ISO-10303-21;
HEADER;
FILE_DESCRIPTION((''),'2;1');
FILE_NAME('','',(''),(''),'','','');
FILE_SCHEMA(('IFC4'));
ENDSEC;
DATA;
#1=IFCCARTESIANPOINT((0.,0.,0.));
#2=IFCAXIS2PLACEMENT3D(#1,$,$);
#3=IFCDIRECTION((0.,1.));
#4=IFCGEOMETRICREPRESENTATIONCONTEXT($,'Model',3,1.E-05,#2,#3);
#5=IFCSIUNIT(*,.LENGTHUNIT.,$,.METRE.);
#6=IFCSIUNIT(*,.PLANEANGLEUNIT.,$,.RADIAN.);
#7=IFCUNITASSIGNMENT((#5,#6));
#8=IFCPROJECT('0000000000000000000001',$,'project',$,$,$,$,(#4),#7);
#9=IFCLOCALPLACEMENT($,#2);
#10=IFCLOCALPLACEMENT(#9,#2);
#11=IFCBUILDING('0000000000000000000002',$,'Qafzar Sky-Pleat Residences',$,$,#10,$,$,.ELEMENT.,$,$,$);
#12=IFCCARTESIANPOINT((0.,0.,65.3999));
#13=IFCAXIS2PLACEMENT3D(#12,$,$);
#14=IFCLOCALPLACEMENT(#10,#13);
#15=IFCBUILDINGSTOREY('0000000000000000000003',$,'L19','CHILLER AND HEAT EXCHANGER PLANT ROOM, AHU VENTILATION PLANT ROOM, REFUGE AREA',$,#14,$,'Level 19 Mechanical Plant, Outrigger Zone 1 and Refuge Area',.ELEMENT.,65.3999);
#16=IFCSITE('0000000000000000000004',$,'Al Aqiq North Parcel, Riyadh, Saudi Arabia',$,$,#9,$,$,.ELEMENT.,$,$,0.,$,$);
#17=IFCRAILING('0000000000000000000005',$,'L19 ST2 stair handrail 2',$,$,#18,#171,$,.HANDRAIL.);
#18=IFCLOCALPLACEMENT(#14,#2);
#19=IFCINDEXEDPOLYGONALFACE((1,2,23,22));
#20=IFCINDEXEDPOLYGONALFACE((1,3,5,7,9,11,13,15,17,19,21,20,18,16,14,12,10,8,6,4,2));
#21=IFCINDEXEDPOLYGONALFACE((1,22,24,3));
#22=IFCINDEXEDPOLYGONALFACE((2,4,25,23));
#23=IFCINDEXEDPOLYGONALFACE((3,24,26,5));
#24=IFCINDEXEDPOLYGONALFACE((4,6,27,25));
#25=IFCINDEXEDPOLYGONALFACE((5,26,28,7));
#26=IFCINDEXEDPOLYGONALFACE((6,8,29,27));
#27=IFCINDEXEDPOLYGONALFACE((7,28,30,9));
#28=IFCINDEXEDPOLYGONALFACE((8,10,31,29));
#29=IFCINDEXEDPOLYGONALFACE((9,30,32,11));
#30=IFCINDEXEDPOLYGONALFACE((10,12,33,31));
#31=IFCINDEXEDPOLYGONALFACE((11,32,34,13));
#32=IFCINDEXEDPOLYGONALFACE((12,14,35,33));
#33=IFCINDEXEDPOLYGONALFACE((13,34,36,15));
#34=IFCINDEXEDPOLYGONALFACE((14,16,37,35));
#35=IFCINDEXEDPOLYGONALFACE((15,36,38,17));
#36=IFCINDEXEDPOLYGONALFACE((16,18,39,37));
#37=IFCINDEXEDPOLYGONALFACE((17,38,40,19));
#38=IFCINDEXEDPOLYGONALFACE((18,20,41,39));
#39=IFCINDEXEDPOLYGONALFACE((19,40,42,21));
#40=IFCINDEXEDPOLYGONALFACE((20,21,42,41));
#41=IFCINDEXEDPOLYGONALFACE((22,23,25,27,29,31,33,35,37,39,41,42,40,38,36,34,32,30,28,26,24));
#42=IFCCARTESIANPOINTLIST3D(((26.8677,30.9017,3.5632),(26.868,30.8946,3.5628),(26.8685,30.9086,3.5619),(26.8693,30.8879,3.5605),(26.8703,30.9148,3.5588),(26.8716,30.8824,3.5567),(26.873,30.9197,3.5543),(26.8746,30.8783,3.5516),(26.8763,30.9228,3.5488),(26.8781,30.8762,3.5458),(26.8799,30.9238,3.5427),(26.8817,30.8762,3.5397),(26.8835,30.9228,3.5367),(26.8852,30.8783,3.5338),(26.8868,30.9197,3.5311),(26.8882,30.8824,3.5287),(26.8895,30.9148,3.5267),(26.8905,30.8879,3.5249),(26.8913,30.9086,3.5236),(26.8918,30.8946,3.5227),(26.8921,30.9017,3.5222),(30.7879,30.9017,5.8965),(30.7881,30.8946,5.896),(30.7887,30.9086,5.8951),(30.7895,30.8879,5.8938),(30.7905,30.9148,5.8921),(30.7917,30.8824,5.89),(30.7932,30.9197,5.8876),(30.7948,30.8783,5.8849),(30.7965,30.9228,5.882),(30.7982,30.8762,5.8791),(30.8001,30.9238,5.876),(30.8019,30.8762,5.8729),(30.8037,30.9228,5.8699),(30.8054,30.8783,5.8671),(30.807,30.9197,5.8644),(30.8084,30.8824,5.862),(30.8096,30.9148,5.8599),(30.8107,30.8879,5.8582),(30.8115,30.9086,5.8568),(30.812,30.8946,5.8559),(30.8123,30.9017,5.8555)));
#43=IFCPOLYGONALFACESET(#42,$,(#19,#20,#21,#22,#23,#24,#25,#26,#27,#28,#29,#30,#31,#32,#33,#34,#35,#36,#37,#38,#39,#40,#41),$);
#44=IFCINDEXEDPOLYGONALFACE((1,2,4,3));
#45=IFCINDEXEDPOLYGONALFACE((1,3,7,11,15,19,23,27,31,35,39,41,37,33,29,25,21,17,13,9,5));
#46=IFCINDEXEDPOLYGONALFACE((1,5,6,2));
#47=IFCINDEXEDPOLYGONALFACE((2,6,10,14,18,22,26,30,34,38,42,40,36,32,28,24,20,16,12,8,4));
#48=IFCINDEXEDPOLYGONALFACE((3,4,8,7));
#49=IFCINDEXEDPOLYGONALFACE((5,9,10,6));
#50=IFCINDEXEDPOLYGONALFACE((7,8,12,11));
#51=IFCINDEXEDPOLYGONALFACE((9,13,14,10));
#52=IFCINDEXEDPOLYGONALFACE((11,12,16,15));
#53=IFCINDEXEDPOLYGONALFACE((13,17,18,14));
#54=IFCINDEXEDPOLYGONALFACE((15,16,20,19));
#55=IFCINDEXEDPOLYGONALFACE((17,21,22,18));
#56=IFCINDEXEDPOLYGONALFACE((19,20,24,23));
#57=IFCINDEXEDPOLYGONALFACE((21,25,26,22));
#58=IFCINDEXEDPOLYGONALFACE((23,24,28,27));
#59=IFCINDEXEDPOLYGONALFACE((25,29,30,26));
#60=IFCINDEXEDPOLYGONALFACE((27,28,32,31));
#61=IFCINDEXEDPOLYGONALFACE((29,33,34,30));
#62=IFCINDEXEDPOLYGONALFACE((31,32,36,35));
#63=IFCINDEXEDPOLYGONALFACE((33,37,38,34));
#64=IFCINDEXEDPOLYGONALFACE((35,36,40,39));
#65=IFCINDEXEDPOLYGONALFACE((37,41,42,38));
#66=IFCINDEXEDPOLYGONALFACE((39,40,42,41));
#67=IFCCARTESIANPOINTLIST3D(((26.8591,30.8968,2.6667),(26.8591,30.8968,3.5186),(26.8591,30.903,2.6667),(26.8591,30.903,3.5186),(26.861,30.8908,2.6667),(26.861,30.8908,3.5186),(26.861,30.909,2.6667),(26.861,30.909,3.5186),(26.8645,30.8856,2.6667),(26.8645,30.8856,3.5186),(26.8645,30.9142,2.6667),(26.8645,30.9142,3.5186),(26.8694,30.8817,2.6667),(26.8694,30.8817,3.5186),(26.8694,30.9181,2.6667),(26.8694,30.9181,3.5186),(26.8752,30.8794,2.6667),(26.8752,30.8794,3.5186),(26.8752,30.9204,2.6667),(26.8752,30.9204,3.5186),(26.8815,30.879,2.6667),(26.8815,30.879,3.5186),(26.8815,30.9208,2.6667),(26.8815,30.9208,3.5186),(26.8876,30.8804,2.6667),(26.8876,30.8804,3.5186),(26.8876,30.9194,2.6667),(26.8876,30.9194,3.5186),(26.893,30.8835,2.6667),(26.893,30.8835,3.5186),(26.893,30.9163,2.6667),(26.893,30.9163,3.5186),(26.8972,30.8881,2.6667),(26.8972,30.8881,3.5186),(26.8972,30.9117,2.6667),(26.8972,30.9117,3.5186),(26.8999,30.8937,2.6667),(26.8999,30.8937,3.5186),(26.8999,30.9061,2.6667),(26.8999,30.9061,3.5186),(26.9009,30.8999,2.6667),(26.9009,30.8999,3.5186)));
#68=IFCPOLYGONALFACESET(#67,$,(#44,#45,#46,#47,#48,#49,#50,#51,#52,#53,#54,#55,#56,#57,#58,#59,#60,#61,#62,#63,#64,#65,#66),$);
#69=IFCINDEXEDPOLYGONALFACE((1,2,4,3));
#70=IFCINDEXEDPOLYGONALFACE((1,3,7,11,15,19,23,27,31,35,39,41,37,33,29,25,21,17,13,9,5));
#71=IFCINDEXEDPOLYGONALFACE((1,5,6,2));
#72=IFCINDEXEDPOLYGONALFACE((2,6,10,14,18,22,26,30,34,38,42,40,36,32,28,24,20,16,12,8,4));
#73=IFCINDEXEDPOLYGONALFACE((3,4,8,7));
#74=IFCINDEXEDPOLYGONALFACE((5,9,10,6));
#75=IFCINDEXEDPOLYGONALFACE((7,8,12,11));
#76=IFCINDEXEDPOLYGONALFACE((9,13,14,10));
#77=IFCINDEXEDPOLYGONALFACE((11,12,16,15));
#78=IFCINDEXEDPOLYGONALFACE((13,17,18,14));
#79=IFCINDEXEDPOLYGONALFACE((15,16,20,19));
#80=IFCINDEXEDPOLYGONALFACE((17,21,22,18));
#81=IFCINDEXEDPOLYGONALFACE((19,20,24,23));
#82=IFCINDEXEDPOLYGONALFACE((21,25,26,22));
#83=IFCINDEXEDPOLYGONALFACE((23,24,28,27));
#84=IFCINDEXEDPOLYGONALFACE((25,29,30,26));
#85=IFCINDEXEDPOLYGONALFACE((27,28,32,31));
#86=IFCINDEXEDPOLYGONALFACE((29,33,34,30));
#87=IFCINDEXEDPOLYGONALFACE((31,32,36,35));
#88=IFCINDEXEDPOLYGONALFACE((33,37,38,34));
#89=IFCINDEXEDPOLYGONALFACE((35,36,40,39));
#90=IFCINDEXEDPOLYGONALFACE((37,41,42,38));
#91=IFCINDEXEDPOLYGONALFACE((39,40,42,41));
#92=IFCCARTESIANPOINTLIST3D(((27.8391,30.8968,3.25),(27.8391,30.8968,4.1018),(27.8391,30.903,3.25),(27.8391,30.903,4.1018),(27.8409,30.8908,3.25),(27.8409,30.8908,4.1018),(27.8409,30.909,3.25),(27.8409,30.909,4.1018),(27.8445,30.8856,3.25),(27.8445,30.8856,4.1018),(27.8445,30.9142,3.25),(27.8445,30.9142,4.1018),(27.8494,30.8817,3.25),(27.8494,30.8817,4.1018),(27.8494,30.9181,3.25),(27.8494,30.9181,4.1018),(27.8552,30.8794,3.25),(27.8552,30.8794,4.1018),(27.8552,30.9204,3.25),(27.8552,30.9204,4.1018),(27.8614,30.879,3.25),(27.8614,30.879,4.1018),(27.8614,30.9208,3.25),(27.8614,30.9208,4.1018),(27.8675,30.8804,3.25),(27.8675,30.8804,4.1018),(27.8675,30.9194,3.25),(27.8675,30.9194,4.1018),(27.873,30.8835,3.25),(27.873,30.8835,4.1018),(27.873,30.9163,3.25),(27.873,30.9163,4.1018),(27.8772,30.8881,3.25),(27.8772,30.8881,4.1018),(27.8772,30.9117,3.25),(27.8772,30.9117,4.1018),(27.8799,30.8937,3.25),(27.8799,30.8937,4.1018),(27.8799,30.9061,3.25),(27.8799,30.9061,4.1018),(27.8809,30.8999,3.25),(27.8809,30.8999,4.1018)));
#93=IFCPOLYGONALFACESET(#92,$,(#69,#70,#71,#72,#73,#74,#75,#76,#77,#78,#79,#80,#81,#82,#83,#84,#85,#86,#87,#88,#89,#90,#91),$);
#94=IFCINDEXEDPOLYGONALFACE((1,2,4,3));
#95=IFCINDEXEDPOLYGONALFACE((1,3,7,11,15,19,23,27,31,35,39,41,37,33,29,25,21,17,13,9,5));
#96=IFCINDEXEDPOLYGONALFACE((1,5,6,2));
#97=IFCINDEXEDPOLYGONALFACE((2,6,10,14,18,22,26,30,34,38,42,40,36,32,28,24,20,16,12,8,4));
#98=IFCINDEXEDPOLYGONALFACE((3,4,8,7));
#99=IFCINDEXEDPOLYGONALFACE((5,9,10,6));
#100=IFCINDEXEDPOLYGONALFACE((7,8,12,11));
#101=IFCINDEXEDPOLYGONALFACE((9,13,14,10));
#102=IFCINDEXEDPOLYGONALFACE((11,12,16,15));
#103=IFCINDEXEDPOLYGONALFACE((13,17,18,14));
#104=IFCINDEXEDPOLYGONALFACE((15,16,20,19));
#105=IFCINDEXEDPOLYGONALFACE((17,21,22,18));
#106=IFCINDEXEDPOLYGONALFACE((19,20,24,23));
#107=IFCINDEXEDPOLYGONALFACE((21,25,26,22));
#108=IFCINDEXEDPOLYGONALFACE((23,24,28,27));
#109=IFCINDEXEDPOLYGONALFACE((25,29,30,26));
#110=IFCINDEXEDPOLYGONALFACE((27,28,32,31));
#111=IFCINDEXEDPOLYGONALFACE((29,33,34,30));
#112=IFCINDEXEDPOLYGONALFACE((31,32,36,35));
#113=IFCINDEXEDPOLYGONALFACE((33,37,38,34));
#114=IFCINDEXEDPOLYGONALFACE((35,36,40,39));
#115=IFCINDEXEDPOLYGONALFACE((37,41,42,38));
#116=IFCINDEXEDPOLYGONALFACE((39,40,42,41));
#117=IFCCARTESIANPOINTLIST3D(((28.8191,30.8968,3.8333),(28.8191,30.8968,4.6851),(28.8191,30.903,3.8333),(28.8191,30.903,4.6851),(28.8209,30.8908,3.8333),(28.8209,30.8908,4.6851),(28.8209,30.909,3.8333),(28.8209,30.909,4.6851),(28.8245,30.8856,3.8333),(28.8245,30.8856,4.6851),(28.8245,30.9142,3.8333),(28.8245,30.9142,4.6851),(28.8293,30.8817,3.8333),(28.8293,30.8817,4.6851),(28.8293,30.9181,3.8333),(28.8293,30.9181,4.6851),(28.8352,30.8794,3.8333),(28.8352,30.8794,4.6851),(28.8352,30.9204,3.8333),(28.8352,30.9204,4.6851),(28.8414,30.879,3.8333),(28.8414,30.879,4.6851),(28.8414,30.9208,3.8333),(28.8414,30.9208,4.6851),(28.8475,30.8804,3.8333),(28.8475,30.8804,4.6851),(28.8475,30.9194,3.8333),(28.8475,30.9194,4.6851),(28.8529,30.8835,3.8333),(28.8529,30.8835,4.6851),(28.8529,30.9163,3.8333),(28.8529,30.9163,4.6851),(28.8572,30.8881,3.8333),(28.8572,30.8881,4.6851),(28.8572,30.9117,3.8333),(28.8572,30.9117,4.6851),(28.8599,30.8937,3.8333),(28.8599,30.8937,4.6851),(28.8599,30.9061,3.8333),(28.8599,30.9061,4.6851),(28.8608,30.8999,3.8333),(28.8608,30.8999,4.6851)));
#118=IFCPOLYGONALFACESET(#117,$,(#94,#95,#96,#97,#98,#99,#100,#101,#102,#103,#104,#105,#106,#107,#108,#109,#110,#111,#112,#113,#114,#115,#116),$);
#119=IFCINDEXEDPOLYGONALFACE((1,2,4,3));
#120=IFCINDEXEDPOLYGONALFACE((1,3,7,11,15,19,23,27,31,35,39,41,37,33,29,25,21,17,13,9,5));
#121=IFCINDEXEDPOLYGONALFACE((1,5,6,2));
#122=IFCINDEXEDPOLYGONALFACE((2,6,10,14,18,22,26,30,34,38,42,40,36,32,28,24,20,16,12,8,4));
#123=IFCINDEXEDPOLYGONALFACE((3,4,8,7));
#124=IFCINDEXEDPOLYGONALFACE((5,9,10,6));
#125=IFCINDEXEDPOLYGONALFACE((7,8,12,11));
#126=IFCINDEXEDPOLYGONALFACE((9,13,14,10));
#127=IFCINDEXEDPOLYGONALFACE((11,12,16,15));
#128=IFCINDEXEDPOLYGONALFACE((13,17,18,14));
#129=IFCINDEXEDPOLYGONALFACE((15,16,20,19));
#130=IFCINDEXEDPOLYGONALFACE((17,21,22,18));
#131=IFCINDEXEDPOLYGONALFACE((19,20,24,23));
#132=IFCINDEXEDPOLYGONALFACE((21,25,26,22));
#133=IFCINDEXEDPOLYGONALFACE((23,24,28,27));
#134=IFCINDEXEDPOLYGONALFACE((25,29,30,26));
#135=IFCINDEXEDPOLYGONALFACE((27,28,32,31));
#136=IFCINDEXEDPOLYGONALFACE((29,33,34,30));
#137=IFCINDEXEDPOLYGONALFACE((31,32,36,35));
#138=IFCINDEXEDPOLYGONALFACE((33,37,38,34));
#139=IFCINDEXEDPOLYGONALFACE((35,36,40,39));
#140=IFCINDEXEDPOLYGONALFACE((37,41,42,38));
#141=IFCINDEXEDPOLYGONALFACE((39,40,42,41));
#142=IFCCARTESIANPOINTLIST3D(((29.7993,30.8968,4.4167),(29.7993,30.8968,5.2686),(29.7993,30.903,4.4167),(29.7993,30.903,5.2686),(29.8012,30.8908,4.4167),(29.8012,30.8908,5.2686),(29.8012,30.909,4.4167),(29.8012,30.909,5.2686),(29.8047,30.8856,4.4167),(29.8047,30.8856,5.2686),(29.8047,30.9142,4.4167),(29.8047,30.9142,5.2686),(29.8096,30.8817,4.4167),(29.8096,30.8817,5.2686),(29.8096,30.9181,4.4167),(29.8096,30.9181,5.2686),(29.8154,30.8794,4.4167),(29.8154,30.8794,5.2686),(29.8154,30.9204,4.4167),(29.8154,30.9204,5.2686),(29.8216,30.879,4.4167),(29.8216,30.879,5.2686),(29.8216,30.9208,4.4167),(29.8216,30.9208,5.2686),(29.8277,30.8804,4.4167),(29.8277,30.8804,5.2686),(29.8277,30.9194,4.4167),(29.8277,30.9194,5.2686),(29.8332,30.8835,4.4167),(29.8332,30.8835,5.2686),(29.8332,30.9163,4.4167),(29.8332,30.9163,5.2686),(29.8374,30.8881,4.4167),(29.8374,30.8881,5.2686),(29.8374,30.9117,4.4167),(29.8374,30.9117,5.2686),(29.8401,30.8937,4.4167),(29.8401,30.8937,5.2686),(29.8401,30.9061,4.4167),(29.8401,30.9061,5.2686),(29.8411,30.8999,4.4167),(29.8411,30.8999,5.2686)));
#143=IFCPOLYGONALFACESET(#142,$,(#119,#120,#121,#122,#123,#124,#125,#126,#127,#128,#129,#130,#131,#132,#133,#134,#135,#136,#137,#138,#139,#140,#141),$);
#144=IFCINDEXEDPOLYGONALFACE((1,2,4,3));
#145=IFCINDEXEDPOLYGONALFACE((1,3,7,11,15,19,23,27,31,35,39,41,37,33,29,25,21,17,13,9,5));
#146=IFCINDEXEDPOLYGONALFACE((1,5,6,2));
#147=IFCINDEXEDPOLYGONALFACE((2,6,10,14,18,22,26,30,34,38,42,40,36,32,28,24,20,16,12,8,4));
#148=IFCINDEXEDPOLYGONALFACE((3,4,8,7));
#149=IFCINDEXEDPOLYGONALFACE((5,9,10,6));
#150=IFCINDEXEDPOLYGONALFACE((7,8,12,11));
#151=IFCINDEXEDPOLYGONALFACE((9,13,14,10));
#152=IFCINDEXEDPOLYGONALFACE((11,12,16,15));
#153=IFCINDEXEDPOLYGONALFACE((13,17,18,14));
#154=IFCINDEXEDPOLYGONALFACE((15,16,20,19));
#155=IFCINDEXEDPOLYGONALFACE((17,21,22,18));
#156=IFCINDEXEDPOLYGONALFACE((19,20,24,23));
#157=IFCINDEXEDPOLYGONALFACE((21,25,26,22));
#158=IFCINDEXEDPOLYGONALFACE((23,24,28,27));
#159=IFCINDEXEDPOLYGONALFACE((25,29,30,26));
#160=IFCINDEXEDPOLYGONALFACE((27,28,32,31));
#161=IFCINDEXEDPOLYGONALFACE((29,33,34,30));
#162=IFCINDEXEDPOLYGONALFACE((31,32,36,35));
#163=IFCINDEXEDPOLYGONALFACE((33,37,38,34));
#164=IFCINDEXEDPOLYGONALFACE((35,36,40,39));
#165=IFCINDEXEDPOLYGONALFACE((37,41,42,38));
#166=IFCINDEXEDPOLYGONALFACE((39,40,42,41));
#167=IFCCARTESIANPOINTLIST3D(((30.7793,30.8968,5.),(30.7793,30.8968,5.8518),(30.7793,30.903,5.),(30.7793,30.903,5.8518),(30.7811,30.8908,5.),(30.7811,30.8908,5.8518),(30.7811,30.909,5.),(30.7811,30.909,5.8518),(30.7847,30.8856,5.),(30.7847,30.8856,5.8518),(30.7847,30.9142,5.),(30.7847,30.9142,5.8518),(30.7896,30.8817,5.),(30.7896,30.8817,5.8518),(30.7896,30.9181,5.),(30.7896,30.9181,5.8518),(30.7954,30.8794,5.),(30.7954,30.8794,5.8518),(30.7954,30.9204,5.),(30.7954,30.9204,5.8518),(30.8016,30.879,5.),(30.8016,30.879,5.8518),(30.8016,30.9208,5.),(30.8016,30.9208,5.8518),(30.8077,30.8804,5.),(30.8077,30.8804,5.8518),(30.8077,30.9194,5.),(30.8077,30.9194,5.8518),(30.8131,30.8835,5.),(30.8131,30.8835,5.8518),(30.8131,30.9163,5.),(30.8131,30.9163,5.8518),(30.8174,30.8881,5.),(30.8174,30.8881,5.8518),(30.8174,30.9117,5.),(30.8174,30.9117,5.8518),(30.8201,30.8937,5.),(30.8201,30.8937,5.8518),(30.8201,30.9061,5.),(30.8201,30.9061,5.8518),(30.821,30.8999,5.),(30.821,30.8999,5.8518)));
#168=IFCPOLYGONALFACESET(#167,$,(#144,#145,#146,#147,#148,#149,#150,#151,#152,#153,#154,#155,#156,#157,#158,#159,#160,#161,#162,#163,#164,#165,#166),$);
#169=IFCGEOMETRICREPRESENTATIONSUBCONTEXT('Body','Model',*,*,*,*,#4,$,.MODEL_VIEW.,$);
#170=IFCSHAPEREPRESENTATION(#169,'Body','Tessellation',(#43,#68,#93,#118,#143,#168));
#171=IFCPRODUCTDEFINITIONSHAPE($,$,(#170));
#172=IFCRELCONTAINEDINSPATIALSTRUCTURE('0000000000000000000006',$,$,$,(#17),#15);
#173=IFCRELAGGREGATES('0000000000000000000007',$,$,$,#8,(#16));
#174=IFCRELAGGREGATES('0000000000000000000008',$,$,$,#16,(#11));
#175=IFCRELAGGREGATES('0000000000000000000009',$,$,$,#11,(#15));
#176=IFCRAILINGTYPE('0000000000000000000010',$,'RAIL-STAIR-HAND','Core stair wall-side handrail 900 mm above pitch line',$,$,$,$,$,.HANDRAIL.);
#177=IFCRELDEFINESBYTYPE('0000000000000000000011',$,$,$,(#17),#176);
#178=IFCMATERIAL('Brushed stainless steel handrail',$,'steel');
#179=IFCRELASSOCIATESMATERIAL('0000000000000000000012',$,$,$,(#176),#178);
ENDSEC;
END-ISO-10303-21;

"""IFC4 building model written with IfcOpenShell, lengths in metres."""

from ifc_helpers import new_model, si_unit, direction, frame, origin, origin_2d, place, context, subcontext, project, spatial, circle, extrude, source, transform, mapped, material, type_object, element, save


model = new_model("IFC4")

# Units and contexts
model_context = context("Model", 3, precision=1e-05, world=origin(), true_north=direction((0.0, 1.0)))
body_context = subcontext(model_context, "Body", "Model", "MODEL_VIEW")
ifc_project = project(units=[si_unit("LENGTHUNIT", "METRE"), si_unit("PLANEANGLEUNIT", "RADIAN")], contexts=[model_context])

# Site, building, storey
site_placement = place(None, origin())
site = spatial("IfcSite", under=ifc_project, at=site_placement, Name="Al Aqiq North Parcel, Riyadh, Saudi Arabia", CompositionType="ELEMENT", RefElevation=0.0)
building_placement = place(site_placement, origin())
building = spatial("IfcBuilding", under=site, at=building_placement, Name="Qafzar Sky-Pleat Residences", CompositionType="ELEMENT")
storey_placement = place(building_placement, frame((0.0, 0.0, 65.3999)))
storey = spatial("IfcBuildingStorey", under=building, at=storey_placement, Name="L19", Description="CHILLER AND HEAT EXCHANGER PLANT ROOM, AHU VENTILATION PLANT ROOM, REFUGE AREA", LongName="Level 19 Mechanical Plant, Outrigger Zone 1 and Refuge Area", CompositionType="ELEMENT", Elevation=65.3999)

# Railing
ifc_material_1 = material(Name="Brushed stainless steel handrail", Category="steel")
railing_type_1 = type_object("IfcRailingType", Name="RAIL-STAIR-HAND", Description="Core stair wall-side handrail 900 mm above pitch line", PredefinedType="HANDRAIL", material=ifc_material_1)
shared_shape_1 = source(origin(), body_context, "Body", "SweptSolid", [
    extrude(circle(Radius=0.0239, at=origin_2d()), frame((0.0, 0.0, 0.876), z_axis=(0.85931, 0.0, 0.511455), x_axis=(0.0, 1.0, 0.0)), (0.0, 0.0, 1.0), 4.562),
    extrude(circle(Radius=0.021, at=origin_2d()), origin(), (0.0, 0.0, 1.0), 0.8518),
    extrude(circle(Radius=0.021, at=origin_2d()), frame((0.98, 0.0, 0.5833)), (0.0, 0.0, 1.0), 0.8518),
    extrude(circle(Radius=0.021, at=origin_2d()), frame((1.96, 0.0, 1.1665)), (0.0, 0.0, 1.0), 0.8518),
    extrude(circle(Radius=0.021, at=origin_2d()), frame((2.9402, 0.0, 1.75)), (0.0, 0.0, 1.0), 0.8518),
    extrude(circle(Radius=0.021, at=origin_2d()), frame((3.9202, 0.0, 2.3333)), (0.0, 0.0, 1.0), 0.8518),
])
railing_1_placement = place(storey_placement, frame((26.8799, 30.8999, 2.6667)))
element("IfcRailing", 1, at=railing_1_placement, inside=storey, type_object=railing_type_1, Name="L19 ST2 stair handrail 2", PredefinedType="HANDRAIL", context=body_context, shape_type="MappedRepresentation", body=[
    mapped(shared_shape_1, transform((0.0, 0.0, 0.0), x_axis=(1.0, 0.0, 0.0), y_axis=(0.0, 1.0, 0.0), z_axis=(0.0, 0.0, 1.0), scale=1.0)),
])

save(model, "model.ifc")
